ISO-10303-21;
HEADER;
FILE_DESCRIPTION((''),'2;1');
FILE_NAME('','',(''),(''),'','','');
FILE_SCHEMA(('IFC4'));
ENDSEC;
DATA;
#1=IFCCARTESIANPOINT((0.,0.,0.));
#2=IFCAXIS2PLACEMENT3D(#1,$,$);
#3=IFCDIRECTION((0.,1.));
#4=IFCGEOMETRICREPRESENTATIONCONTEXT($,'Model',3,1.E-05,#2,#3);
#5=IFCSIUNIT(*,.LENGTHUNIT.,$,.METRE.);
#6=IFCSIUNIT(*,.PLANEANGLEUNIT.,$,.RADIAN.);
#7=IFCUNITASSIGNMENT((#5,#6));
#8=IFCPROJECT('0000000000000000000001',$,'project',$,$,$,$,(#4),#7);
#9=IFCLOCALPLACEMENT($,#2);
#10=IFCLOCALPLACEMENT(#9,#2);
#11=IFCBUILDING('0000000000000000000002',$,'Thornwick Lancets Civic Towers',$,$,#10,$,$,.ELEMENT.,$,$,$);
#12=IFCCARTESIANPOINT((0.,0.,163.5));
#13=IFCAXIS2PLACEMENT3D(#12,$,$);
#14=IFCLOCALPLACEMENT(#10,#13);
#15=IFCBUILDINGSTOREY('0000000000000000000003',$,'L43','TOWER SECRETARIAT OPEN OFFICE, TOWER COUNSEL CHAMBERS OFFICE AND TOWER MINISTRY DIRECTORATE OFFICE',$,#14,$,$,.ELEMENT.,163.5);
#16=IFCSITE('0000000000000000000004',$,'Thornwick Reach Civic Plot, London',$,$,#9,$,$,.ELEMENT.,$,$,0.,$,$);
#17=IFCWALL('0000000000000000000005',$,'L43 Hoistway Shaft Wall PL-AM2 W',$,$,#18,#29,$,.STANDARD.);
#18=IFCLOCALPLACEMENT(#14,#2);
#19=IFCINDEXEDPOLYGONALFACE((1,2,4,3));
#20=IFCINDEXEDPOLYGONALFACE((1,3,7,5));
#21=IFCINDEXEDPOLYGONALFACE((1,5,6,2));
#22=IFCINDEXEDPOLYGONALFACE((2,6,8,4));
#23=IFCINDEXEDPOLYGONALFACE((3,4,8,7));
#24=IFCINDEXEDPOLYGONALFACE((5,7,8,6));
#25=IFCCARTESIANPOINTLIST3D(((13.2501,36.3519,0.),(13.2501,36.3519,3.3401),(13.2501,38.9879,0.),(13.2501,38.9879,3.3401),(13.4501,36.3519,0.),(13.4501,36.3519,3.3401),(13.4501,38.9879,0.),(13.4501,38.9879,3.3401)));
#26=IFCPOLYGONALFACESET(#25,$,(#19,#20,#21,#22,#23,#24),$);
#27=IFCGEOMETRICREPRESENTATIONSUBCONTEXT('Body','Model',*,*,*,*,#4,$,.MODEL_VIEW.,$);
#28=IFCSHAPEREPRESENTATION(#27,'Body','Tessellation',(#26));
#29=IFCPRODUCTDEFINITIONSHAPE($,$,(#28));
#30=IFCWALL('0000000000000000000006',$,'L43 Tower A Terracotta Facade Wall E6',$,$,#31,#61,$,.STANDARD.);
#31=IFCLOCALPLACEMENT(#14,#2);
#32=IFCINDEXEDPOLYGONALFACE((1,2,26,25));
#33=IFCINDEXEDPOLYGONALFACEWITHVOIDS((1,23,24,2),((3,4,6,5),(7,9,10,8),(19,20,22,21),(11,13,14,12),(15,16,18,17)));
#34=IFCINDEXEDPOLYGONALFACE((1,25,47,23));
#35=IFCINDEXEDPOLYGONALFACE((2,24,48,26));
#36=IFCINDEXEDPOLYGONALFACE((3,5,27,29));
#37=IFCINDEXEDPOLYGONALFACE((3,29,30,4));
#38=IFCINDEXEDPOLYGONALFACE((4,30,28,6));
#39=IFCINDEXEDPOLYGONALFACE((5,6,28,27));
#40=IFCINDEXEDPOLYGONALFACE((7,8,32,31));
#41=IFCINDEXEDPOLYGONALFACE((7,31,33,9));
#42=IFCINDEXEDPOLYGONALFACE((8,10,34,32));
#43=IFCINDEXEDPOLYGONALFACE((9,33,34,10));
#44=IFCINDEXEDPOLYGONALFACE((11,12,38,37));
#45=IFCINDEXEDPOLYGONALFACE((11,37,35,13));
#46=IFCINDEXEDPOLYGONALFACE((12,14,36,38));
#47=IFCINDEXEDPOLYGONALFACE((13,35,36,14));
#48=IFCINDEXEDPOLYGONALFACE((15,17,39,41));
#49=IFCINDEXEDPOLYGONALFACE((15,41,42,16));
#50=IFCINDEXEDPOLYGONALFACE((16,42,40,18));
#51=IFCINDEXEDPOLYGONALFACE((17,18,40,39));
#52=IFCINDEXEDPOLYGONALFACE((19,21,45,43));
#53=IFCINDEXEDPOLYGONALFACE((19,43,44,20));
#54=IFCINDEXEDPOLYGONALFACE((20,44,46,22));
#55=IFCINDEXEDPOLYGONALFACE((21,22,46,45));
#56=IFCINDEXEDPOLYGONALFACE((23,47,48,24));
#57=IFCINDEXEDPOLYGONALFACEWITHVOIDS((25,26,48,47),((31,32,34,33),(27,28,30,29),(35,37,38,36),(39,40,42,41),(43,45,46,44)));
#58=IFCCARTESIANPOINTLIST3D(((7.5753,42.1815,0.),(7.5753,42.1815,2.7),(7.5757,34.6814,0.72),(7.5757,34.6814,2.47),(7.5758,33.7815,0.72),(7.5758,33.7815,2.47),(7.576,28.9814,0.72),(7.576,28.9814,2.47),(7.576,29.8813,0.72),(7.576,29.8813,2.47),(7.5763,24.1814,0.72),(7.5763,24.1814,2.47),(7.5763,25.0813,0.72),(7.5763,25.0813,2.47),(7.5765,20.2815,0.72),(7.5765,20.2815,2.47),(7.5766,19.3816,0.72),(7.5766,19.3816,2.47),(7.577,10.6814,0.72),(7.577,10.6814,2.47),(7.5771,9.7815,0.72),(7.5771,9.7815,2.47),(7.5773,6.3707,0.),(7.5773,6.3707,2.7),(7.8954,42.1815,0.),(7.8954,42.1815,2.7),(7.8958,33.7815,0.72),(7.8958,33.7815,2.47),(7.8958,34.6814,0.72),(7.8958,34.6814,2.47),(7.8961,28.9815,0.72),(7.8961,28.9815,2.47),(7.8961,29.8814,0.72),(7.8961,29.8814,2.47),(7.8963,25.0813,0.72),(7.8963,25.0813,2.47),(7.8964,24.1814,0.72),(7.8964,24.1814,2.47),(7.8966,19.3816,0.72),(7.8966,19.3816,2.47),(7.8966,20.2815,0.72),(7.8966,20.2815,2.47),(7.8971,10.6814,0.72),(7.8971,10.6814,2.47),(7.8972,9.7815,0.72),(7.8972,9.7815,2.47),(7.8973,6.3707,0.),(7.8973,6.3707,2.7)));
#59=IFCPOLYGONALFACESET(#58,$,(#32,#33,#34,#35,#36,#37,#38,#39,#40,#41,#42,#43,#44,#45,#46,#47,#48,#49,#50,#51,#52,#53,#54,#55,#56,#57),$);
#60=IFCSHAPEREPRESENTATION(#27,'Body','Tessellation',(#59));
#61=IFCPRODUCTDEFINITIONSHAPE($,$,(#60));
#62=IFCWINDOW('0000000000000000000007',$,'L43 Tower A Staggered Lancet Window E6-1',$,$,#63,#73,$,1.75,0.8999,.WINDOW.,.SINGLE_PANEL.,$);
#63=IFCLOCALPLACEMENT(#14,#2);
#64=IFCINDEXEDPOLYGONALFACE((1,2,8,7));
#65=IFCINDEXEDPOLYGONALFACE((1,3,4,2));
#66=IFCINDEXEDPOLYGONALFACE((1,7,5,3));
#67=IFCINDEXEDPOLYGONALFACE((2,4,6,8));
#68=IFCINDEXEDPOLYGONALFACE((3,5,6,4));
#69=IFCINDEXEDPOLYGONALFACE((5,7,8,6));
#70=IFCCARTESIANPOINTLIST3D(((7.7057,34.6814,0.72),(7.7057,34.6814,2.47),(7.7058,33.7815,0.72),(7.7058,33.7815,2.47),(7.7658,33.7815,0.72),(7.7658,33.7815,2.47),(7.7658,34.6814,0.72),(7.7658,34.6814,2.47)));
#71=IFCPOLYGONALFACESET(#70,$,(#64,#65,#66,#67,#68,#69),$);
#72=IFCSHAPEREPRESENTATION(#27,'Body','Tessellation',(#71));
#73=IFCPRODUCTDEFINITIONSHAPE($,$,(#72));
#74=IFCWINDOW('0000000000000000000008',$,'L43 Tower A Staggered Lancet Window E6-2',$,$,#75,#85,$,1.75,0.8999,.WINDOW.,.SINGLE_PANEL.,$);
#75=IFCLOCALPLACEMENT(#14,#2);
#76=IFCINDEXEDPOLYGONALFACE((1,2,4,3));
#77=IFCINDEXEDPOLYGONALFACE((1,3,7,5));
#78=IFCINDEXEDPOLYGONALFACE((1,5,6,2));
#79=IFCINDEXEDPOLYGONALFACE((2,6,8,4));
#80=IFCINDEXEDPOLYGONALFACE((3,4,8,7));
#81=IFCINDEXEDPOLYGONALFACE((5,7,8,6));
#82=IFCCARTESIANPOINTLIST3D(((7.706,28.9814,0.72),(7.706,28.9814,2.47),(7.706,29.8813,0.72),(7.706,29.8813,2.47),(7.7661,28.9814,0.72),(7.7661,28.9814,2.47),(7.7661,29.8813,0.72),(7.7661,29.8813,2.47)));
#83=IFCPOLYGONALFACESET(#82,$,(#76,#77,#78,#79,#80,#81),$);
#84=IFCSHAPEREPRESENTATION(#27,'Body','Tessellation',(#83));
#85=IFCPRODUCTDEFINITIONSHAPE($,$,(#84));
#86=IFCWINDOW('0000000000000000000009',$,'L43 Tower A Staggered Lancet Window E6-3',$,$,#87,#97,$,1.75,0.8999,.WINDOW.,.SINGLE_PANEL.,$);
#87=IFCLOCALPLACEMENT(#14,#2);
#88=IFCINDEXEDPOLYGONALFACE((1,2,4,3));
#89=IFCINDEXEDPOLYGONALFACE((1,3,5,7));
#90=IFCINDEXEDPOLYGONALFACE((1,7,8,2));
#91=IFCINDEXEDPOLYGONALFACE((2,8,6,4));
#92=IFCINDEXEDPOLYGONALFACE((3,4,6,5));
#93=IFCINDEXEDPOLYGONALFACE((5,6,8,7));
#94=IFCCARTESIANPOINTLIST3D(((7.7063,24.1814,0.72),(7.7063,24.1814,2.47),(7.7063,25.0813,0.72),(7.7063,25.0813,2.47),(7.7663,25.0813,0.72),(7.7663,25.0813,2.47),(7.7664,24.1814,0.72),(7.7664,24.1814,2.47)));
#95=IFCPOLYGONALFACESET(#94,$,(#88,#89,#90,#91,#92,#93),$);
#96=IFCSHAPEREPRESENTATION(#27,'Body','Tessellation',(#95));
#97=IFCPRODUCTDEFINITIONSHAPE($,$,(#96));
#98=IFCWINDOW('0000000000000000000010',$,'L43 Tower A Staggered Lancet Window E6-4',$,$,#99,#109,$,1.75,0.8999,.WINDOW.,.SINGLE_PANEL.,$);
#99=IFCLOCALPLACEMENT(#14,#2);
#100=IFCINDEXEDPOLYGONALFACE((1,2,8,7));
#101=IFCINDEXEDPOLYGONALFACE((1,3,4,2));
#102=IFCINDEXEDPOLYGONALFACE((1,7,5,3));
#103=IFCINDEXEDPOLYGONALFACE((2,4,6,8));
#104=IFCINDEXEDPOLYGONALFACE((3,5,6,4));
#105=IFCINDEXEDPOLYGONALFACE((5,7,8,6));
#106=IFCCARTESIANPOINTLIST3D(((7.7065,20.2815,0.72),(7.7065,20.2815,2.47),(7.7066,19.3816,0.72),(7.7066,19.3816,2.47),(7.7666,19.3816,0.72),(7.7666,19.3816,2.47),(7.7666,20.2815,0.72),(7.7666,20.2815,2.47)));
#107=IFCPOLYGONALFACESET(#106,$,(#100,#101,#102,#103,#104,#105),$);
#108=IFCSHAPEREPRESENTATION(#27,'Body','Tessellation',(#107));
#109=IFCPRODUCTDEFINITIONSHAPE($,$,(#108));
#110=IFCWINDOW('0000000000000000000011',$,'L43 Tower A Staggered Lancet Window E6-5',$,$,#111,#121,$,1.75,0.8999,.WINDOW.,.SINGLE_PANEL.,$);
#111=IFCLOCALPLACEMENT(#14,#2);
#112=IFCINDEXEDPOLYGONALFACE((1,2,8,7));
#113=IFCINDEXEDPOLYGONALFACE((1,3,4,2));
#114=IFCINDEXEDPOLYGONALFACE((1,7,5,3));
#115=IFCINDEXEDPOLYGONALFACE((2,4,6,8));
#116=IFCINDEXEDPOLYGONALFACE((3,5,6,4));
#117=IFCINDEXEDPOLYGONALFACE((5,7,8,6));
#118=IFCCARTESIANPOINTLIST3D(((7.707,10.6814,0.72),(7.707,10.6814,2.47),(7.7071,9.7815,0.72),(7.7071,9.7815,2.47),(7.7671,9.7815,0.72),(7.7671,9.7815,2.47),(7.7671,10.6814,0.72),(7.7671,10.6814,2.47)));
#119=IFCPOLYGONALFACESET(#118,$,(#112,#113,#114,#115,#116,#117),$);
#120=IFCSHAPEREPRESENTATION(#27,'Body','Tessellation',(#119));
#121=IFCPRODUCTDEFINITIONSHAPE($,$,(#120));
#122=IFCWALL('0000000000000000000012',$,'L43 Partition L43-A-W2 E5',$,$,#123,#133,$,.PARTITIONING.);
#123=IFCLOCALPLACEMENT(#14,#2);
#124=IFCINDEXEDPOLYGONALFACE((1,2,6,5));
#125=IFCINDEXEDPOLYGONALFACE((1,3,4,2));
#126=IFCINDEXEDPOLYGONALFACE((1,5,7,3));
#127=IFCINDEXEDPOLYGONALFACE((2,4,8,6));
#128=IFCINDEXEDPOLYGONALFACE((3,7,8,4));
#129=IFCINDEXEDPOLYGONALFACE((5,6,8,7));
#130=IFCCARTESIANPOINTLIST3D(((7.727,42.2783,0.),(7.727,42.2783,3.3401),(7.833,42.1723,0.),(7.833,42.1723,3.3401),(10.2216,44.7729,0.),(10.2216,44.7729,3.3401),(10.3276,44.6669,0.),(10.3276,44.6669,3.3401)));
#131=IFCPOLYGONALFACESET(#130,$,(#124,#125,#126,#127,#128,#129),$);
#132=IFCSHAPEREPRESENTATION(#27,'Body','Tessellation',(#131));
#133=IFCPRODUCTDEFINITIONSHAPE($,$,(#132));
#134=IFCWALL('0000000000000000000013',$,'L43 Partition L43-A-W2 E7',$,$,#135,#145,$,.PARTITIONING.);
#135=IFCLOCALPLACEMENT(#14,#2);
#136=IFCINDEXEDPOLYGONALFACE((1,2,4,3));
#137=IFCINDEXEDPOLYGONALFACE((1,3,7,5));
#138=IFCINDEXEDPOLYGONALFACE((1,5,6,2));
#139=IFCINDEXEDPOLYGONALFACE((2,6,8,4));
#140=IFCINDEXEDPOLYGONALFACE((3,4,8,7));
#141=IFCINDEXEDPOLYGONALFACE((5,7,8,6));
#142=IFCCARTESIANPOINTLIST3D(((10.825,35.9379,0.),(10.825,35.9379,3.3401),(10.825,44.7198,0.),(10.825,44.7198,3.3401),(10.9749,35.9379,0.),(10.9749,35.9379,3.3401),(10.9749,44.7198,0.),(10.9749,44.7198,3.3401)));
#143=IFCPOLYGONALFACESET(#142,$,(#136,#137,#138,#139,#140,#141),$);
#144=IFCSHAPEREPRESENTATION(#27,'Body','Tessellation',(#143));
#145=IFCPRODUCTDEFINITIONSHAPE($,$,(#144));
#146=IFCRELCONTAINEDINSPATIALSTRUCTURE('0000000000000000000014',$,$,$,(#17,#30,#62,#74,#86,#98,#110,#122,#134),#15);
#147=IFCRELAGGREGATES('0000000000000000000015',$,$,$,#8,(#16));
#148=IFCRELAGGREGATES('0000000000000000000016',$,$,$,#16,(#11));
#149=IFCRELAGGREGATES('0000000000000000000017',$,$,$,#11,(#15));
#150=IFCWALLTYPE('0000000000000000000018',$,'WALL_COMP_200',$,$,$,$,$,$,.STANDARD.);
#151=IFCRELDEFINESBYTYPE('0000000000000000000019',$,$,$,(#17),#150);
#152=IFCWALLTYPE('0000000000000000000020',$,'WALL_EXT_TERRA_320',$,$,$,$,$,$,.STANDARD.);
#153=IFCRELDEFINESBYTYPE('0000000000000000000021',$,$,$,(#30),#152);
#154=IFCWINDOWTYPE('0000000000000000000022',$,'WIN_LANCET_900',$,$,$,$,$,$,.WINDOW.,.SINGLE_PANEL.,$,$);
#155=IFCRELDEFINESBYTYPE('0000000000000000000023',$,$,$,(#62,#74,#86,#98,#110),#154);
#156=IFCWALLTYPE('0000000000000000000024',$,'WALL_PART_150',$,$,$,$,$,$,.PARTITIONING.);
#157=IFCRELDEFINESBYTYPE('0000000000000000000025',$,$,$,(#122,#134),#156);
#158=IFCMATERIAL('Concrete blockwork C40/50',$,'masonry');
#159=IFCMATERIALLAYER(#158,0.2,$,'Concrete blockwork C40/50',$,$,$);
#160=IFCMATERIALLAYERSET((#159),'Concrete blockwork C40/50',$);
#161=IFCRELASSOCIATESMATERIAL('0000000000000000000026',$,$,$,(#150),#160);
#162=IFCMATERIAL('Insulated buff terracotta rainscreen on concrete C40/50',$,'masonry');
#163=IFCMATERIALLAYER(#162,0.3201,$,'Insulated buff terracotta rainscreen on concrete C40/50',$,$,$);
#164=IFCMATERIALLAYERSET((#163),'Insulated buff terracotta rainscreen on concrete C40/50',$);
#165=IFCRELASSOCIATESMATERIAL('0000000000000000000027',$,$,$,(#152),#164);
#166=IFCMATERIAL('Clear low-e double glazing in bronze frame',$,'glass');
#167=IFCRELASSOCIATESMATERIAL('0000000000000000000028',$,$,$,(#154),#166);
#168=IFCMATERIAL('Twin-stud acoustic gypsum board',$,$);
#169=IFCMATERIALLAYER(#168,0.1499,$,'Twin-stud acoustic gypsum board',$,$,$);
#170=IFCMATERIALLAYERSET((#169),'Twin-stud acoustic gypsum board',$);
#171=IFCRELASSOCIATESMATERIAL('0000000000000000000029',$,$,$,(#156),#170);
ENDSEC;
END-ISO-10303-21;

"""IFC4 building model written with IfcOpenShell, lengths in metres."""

from ifc_helpers import new_model, si_unit, direction, frame, frame_2d, origin, place, context, subcontext, project, spatial, rectangle, extrude, material, layer, layer_set, type_object, element, fill, save


model = new_model("IFC4")

# Units and contexts
model_context = context("Model", 3, precision=1e-05, world=origin(), true_north=direction((0.0, 1.0)))
body_context = subcontext(model_context, "Body", "Model", "MODEL_VIEW")
ifc_project = project(units=[si_unit("LENGTHUNIT", "METRE"), si_unit("PLANEANGLEUNIT", "RADIAN")], contexts=[model_context])

# Site, building, storey
site_placement = place(None, origin())
site = spatial("IfcSite", under=ifc_project, at=site_placement, Name="Thornwick Reach Civic Plot, London", CompositionType="ELEMENT", RefElevation=0.0)
building_placement = place(site_placement, origin())
building = spatial("IfcBuilding", under=site, at=building_placement, Name="Thornwick Lancets Civic Towers", CompositionType="ELEMENT")
storey_placement = place(building_placement, frame((0.0, 0.0, 163.5)))
storey = spatial("IfcBuildingStorey", under=building, at=storey_placement, Name="L43", Description="TOWER SECRETARIAT OPEN OFFICE, TOWER COUNSEL CHAMBERS OFFICE AND TOWER MINISTRY DIRECTORATE OFFICE", CompositionType="ELEMENT", Elevation=163.5)

# Wall
ifc_material_1 = material(Name="Concrete blockwork C40/50", Category="masonry")
ifc_layer_1 = layer(ifc_material_1, 0.2, Name="Concrete blockwork C40/50")
ifc_layer_set_1 = layer_set([ifc_layer_1], Name="Concrete blockwork C40/50")
wall_type_1 = type_object("IfcWallType", Name="WALL_COMP_200", PredefinedType="STANDARD", material=ifc_layer_set_1)
wall_1_placement = place(storey_placement, frame((13.3501, 36.3521, 0.0), z_axis=(0.0, 0.0, 1.0), x_axis=(0.0, 1.0, 0.0)))
element("IfcWall", 1, at=wall_1_placement, inside=storey, type_object=wall_type_1, Name="L43 Hoistway Shaft Wall PL-AM2 W", PredefinedType="STANDARD", context=body_context, shape_type="SweptSolid", body=[
    extrude(rectangle(XDim=2.636, YDim=0.2, at=frame_2d((1.3179, 0.0))), origin(), (0.0, 0.0, 1.0), 3.3401),
])

# Wall, openings, windows
ifc_material_2 = material(Name="Insulated buff terracotta rainscreen on concrete C40/50", Category="masonry")
ifc_layer_2 = layer(ifc_material_2, 0.3201, Name="Insulated buff terracotta rainscreen on concrete C40/50")
ifc_layer_set_2 = layer_set([ifc_layer_2], Name="Insulated buff terracotta rainscreen on concrete C40/50")
wall_type_2 = type_object("IfcWallType", Name="WALL_EXT_TERRA_320", PredefinedType="STANDARD", material=ifc_layer_set_2)
wall_2_placement = place(storey_placement, frame((7.7354, 42.1814, 0.0), z_axis=(0.0, 0.0, 1.0), x_axis=(0.000055, -1.0, 0.0)))
wall_2 = element("IfcWall", 2, at=wall_2_placement, inside=storey, type_object=wall_type_2, Name="L43 Tower A Terracotta Facade Wall E6", PredefinedType="STANDARD", context=body_context, shape_type="SweptSolid", body=[
    extrude(rectangle(XDim=35.8108, YDim=0.3201, at=frame_2d((17.9053, 0.0))), origin(), (0.0, 0.0, 1.0), 2.7),
])
opening_1_placement = place(wall_2_placement, frame((7.5, 0.0, 0.72)))
opening_1 = element("IfcOpeningElement", 3, at=opening_1_placement, cuts=wall_2, PredefinedType="OPENING", context=body_context, shape_type="SweptSolid", body=[
    extrude(rectangle(XDim=0.8999, YDim=1.75, at=frame_2d((0.45, 0.875))), frame((0.0, 0.1699, 0.0), z_axis=(0.0, -1.0, 0.0), x_axis=(1.0, 0.0, 0.0)), (0.0, 0.0, 1.0), 0.3401),
])
opening_2_placement = place(wall_2_placement, frame((12.3, 0.0, 0.72)))
opening_2 = element("IfcOpeningElement", 4, at=opening_2_placement, cuts=wall_2, PredefinedType="OPENING", context=body_context, shape_type="SweptSolid", body=[
    extrude(rectangle(XDim=0.8999, YDim=1.75, at=frame_2d((0.45, 0.875))), frame((0.0, 0.1699, 0.0), z_axis=(0.0, -1.0, 0.0), x_axis=(1.0, 0.0, 0.0)), (0.0, 0.0, 1.0), 0.3401),
])
opening_3_placement = place(wall_2_placement, frame((17.1001, 0.0, 0.72)))
opening_3 = element("IfcOpeningElement", 5, at=opening_3_placement, cuts=wall_2, PredefinedType="OPENING", context=body_context, shape_type="SweptSolid", body=[
    extrude(rectangle(XDim=0.8999, YDim=1.75, at=frame_2d((0.45, 0.875))), frame((0.0, 0.1699, 0.0), z_axis=(0.0, -1.0, 0.0), x_axis=(1.0, 0.0, 0.0)), (0.0, 0.0, 1.0), 0.3401),
])
opening_4_placement = place(wall_2_placement, frame((21.8999, 0.0, 0.72)))
opening_4 = element("IfcOpeningElement", 6, at=opening_4_placement, cuts=wall_2, PredefinedType="OPENING", context=body_context, shape_type="SweptSolid", body=[
    extrude(rectangle(XDim=0.8999, YDim=1.75, at=frame_2d((0.45, 0.875))), frame((0.0, 0.1699, 0.0), z_axis=(0.0, -1.0, 0.0), x_axis=(1.0, 0.0, 0.0)), (0.0, 0.0, 1.0), 0.3401),
])
opening_5_placement = place(wall_2_placement, frame((31.5, 0.0, 0.72)))
opening_5 = element("IfcOpeningElement", 7, at=opening_5_placement, cuts=wall_2, PredefinedType="OPENING", context=body_context, shape_type="SweptSolid", body=[
    extrude(rectangle(XDim=0.8999, YDim=1.75, at=frame_2d((0.45, 0.875))), frame((0.0, 0.1699, 0.0), z_axis=(0.0, -1.0, 0.0), x_axis=(1.0, 0.0, 0.0)), (0.0, 0.0, 1.0), 0.3401),
])
ifc_material_3 = material(Name="Clear low-e double glazing in bronze frame", Category="glass")
window_type = type_object("IfcWindowType", Name="WIN_LANCET_900", PartitioningType="SINGLE_PANEL", PredefinedType="WINDOW", material=ifc_material_3)
window_1_placement = place(opening_1_placement, origin())
window_1 = element("IfcWindow", 8, at=window_1_placement, inside=storey, type_object=window_type, Name="L43 Tower A Staggered Lancet Window E6-1", OverallHeight=1.75, OverallWidth=0.8999, PartitioningType="SINGLE_PANEL", PredefinedType="WINDOW", context=body_context, shape_type="SweptSolid", body=[
    extrude(rectangle(XDim=0.8999, YDim=1.75, at=frame_2d((0.45, 0.875))), frame((0.0, 0.03, 0.0), z_axis=(0.0, -1.0, 0.0), x_axis=(1.0, 0.0, 0.0)), (0.0, 0.0, 1.0), 0.0601),
])
fill(opening_1, window_1)
window_2_placement = place(opening_2_placement, origin())
window_2 = element("IfcWindow", 9, at=window_2_placement, inside=storey, type_object=window_type, Name="L43 Tower A Staggered Lancet Window E6-2", OverallHeight=1.75, OverallWidth=0.8999, PartitioningType="SINGLE_PANEL", PredefinedType="WINDOW", context=body_context, shape_type="SweptSolid", body=[
    extrude(rectangle(XDim=0.8999, YDim=1.75, at=frame_2d((0.45, 0.875))), frame((0.0, 0.03, 0.0), z_axis=(0.0, -1.0, 0.0), x_axis=(1.0, 0.0, 0.0)), (0.0, 0.0, 1.0), 0.0601),
])
fill(opening_2, window_2)
window_3_placement = place(opening_3_placement, origin())
window_3 = element("IfcWindow", 10, at=window_3_placement, inside=storey, type_object=window_type, Name="L43 Tower A Staggered Lancet Window E6-3", OverallHeight=1.75, OverallWidth=0.8999, PartitioningType="SINGLE_PANEL", PredefinedType="WINDOW", context=body_context, shape_type="SweptSolid", body=[
    extrude(rectangle(XDim=0.8999, YDim=1.75, at=frame_2d((0.45, 0.875))), frame((0.0, 0.03, 0.0), z_axis=(0.0, -1.0, 0.0), x_axis=(1.0, 0.0, 0.0)), (0.0, 0.0, 1.0), 0.0601),
])
fill(opening_3, window_3)
window_4_placement = place(opening_4_placement, origin())
window_4 = element("IfcWindow", 11, at=window_4_placement, inside=storey, type_object=window_type, Name="L43 Tower A Staggered Lancet Window E6-4", OverallHeight=1.75, OverallWidth=0.8999, PartitioningType="SINGLE_PANEL", PredefinedType="WINDOW", context=body_context, shape_type="SweptSolid", body=[
    extrude(rectangle(XDim=0.8999, YDim=1.75, at=frame_2d((0.45, 0.875))), frame((0.0, 0.03, 0.0), z_axis=(0.0, -1.0, 0.0), x_axis=(1.0, 0.0, 0.0)), (0.0, 0.0, 1.0), 0.0601),
])
fill(opening_4, window_4)
window_5_placement = place(opening_5_placement, origin())
window_5 = element("IfcWindow", 12, at=window_5_placement, inside=storey, type_object=window_type, Name="L43 Tower A Staggered Lancet Window E6-5", OverallHeight=1.75, OverallWidth=0.8999, PartitioningType="SINGLE_PANEL", PredefinedType="WINDOW", context=body_context, shape_type="SweptSolid", body=[
    extrude(rectangle(XDim=0.8999, YDim=1.75, at=frame_2d((0.45, 0.875))), frame((0.0, 0.03, 0.0), z_axis=(0.0, -1.0, 0.0), x_axis=(1.0, 0.0, 0.0)), (0.0, 0.0, 1.0), 0.0601),
])
fill(opening_5, window_5)

# Walls
ifc_material_4 = material(Name="Twin-stud acoustic gypsum board")
ifc_layer_3 = layer(ifc_material_4, 0.1499, Name="Twin-stud acoustic gypsum board")
ifc_layer_set_3 = layer_set([ifc_layer_3], Name="Twin-stud acoustic gypsum board")
wall_type_3 = type_object("IfcWallType", Name="WALL_PART_150", PredefinedType="PARTITIONING", material=ifc_layer_set_3)
wall_3_placement = place(storey_placement, frame((7.78, 42.2253, 0.0), z_axis=(0.0, 0.0, 1.0), x_axis=(0.707107, 0.707107, 0.0)))
element("IfcWall", 13, at=wall_3_placement, inside=storey, type_object=wall_type_3, Name="L43 Partition L43-A-W2 E5", PredefinedType="PARTITIONING", context=body_context, shape_type="SweptSolid", body=[
    extrude(rectangle(XDim=3.5278, YDim=0.1499, at=frame_2d((1.7639, 0.0))), origin(), (0.0, 0.0, 1.0), 3.3401),
])
wall_4_placement = place(storey_placement, frame((10.8999, 44.72, 0.0), z_axis=(0.0, 0.0, 1.0), x_axis=(0.0, -1.0, 0.0)))
element("IfcWall", 14, at=wall_4_placement, inside=storey, type_object=wall_type_3, Name="L43 Partition L43-A-W2 E7", PredefinedType="PARTITIONING", context=body_context, shape_type="SweptSolid", body=[
    extrude(rectangle(XDim=8.782, YDim=0.1499, at=frame_2d((4.3911, 0.0))), origin(), (0.0, 0.0, 1.0), 3.3401),
])

save(model, "model.ifc")
